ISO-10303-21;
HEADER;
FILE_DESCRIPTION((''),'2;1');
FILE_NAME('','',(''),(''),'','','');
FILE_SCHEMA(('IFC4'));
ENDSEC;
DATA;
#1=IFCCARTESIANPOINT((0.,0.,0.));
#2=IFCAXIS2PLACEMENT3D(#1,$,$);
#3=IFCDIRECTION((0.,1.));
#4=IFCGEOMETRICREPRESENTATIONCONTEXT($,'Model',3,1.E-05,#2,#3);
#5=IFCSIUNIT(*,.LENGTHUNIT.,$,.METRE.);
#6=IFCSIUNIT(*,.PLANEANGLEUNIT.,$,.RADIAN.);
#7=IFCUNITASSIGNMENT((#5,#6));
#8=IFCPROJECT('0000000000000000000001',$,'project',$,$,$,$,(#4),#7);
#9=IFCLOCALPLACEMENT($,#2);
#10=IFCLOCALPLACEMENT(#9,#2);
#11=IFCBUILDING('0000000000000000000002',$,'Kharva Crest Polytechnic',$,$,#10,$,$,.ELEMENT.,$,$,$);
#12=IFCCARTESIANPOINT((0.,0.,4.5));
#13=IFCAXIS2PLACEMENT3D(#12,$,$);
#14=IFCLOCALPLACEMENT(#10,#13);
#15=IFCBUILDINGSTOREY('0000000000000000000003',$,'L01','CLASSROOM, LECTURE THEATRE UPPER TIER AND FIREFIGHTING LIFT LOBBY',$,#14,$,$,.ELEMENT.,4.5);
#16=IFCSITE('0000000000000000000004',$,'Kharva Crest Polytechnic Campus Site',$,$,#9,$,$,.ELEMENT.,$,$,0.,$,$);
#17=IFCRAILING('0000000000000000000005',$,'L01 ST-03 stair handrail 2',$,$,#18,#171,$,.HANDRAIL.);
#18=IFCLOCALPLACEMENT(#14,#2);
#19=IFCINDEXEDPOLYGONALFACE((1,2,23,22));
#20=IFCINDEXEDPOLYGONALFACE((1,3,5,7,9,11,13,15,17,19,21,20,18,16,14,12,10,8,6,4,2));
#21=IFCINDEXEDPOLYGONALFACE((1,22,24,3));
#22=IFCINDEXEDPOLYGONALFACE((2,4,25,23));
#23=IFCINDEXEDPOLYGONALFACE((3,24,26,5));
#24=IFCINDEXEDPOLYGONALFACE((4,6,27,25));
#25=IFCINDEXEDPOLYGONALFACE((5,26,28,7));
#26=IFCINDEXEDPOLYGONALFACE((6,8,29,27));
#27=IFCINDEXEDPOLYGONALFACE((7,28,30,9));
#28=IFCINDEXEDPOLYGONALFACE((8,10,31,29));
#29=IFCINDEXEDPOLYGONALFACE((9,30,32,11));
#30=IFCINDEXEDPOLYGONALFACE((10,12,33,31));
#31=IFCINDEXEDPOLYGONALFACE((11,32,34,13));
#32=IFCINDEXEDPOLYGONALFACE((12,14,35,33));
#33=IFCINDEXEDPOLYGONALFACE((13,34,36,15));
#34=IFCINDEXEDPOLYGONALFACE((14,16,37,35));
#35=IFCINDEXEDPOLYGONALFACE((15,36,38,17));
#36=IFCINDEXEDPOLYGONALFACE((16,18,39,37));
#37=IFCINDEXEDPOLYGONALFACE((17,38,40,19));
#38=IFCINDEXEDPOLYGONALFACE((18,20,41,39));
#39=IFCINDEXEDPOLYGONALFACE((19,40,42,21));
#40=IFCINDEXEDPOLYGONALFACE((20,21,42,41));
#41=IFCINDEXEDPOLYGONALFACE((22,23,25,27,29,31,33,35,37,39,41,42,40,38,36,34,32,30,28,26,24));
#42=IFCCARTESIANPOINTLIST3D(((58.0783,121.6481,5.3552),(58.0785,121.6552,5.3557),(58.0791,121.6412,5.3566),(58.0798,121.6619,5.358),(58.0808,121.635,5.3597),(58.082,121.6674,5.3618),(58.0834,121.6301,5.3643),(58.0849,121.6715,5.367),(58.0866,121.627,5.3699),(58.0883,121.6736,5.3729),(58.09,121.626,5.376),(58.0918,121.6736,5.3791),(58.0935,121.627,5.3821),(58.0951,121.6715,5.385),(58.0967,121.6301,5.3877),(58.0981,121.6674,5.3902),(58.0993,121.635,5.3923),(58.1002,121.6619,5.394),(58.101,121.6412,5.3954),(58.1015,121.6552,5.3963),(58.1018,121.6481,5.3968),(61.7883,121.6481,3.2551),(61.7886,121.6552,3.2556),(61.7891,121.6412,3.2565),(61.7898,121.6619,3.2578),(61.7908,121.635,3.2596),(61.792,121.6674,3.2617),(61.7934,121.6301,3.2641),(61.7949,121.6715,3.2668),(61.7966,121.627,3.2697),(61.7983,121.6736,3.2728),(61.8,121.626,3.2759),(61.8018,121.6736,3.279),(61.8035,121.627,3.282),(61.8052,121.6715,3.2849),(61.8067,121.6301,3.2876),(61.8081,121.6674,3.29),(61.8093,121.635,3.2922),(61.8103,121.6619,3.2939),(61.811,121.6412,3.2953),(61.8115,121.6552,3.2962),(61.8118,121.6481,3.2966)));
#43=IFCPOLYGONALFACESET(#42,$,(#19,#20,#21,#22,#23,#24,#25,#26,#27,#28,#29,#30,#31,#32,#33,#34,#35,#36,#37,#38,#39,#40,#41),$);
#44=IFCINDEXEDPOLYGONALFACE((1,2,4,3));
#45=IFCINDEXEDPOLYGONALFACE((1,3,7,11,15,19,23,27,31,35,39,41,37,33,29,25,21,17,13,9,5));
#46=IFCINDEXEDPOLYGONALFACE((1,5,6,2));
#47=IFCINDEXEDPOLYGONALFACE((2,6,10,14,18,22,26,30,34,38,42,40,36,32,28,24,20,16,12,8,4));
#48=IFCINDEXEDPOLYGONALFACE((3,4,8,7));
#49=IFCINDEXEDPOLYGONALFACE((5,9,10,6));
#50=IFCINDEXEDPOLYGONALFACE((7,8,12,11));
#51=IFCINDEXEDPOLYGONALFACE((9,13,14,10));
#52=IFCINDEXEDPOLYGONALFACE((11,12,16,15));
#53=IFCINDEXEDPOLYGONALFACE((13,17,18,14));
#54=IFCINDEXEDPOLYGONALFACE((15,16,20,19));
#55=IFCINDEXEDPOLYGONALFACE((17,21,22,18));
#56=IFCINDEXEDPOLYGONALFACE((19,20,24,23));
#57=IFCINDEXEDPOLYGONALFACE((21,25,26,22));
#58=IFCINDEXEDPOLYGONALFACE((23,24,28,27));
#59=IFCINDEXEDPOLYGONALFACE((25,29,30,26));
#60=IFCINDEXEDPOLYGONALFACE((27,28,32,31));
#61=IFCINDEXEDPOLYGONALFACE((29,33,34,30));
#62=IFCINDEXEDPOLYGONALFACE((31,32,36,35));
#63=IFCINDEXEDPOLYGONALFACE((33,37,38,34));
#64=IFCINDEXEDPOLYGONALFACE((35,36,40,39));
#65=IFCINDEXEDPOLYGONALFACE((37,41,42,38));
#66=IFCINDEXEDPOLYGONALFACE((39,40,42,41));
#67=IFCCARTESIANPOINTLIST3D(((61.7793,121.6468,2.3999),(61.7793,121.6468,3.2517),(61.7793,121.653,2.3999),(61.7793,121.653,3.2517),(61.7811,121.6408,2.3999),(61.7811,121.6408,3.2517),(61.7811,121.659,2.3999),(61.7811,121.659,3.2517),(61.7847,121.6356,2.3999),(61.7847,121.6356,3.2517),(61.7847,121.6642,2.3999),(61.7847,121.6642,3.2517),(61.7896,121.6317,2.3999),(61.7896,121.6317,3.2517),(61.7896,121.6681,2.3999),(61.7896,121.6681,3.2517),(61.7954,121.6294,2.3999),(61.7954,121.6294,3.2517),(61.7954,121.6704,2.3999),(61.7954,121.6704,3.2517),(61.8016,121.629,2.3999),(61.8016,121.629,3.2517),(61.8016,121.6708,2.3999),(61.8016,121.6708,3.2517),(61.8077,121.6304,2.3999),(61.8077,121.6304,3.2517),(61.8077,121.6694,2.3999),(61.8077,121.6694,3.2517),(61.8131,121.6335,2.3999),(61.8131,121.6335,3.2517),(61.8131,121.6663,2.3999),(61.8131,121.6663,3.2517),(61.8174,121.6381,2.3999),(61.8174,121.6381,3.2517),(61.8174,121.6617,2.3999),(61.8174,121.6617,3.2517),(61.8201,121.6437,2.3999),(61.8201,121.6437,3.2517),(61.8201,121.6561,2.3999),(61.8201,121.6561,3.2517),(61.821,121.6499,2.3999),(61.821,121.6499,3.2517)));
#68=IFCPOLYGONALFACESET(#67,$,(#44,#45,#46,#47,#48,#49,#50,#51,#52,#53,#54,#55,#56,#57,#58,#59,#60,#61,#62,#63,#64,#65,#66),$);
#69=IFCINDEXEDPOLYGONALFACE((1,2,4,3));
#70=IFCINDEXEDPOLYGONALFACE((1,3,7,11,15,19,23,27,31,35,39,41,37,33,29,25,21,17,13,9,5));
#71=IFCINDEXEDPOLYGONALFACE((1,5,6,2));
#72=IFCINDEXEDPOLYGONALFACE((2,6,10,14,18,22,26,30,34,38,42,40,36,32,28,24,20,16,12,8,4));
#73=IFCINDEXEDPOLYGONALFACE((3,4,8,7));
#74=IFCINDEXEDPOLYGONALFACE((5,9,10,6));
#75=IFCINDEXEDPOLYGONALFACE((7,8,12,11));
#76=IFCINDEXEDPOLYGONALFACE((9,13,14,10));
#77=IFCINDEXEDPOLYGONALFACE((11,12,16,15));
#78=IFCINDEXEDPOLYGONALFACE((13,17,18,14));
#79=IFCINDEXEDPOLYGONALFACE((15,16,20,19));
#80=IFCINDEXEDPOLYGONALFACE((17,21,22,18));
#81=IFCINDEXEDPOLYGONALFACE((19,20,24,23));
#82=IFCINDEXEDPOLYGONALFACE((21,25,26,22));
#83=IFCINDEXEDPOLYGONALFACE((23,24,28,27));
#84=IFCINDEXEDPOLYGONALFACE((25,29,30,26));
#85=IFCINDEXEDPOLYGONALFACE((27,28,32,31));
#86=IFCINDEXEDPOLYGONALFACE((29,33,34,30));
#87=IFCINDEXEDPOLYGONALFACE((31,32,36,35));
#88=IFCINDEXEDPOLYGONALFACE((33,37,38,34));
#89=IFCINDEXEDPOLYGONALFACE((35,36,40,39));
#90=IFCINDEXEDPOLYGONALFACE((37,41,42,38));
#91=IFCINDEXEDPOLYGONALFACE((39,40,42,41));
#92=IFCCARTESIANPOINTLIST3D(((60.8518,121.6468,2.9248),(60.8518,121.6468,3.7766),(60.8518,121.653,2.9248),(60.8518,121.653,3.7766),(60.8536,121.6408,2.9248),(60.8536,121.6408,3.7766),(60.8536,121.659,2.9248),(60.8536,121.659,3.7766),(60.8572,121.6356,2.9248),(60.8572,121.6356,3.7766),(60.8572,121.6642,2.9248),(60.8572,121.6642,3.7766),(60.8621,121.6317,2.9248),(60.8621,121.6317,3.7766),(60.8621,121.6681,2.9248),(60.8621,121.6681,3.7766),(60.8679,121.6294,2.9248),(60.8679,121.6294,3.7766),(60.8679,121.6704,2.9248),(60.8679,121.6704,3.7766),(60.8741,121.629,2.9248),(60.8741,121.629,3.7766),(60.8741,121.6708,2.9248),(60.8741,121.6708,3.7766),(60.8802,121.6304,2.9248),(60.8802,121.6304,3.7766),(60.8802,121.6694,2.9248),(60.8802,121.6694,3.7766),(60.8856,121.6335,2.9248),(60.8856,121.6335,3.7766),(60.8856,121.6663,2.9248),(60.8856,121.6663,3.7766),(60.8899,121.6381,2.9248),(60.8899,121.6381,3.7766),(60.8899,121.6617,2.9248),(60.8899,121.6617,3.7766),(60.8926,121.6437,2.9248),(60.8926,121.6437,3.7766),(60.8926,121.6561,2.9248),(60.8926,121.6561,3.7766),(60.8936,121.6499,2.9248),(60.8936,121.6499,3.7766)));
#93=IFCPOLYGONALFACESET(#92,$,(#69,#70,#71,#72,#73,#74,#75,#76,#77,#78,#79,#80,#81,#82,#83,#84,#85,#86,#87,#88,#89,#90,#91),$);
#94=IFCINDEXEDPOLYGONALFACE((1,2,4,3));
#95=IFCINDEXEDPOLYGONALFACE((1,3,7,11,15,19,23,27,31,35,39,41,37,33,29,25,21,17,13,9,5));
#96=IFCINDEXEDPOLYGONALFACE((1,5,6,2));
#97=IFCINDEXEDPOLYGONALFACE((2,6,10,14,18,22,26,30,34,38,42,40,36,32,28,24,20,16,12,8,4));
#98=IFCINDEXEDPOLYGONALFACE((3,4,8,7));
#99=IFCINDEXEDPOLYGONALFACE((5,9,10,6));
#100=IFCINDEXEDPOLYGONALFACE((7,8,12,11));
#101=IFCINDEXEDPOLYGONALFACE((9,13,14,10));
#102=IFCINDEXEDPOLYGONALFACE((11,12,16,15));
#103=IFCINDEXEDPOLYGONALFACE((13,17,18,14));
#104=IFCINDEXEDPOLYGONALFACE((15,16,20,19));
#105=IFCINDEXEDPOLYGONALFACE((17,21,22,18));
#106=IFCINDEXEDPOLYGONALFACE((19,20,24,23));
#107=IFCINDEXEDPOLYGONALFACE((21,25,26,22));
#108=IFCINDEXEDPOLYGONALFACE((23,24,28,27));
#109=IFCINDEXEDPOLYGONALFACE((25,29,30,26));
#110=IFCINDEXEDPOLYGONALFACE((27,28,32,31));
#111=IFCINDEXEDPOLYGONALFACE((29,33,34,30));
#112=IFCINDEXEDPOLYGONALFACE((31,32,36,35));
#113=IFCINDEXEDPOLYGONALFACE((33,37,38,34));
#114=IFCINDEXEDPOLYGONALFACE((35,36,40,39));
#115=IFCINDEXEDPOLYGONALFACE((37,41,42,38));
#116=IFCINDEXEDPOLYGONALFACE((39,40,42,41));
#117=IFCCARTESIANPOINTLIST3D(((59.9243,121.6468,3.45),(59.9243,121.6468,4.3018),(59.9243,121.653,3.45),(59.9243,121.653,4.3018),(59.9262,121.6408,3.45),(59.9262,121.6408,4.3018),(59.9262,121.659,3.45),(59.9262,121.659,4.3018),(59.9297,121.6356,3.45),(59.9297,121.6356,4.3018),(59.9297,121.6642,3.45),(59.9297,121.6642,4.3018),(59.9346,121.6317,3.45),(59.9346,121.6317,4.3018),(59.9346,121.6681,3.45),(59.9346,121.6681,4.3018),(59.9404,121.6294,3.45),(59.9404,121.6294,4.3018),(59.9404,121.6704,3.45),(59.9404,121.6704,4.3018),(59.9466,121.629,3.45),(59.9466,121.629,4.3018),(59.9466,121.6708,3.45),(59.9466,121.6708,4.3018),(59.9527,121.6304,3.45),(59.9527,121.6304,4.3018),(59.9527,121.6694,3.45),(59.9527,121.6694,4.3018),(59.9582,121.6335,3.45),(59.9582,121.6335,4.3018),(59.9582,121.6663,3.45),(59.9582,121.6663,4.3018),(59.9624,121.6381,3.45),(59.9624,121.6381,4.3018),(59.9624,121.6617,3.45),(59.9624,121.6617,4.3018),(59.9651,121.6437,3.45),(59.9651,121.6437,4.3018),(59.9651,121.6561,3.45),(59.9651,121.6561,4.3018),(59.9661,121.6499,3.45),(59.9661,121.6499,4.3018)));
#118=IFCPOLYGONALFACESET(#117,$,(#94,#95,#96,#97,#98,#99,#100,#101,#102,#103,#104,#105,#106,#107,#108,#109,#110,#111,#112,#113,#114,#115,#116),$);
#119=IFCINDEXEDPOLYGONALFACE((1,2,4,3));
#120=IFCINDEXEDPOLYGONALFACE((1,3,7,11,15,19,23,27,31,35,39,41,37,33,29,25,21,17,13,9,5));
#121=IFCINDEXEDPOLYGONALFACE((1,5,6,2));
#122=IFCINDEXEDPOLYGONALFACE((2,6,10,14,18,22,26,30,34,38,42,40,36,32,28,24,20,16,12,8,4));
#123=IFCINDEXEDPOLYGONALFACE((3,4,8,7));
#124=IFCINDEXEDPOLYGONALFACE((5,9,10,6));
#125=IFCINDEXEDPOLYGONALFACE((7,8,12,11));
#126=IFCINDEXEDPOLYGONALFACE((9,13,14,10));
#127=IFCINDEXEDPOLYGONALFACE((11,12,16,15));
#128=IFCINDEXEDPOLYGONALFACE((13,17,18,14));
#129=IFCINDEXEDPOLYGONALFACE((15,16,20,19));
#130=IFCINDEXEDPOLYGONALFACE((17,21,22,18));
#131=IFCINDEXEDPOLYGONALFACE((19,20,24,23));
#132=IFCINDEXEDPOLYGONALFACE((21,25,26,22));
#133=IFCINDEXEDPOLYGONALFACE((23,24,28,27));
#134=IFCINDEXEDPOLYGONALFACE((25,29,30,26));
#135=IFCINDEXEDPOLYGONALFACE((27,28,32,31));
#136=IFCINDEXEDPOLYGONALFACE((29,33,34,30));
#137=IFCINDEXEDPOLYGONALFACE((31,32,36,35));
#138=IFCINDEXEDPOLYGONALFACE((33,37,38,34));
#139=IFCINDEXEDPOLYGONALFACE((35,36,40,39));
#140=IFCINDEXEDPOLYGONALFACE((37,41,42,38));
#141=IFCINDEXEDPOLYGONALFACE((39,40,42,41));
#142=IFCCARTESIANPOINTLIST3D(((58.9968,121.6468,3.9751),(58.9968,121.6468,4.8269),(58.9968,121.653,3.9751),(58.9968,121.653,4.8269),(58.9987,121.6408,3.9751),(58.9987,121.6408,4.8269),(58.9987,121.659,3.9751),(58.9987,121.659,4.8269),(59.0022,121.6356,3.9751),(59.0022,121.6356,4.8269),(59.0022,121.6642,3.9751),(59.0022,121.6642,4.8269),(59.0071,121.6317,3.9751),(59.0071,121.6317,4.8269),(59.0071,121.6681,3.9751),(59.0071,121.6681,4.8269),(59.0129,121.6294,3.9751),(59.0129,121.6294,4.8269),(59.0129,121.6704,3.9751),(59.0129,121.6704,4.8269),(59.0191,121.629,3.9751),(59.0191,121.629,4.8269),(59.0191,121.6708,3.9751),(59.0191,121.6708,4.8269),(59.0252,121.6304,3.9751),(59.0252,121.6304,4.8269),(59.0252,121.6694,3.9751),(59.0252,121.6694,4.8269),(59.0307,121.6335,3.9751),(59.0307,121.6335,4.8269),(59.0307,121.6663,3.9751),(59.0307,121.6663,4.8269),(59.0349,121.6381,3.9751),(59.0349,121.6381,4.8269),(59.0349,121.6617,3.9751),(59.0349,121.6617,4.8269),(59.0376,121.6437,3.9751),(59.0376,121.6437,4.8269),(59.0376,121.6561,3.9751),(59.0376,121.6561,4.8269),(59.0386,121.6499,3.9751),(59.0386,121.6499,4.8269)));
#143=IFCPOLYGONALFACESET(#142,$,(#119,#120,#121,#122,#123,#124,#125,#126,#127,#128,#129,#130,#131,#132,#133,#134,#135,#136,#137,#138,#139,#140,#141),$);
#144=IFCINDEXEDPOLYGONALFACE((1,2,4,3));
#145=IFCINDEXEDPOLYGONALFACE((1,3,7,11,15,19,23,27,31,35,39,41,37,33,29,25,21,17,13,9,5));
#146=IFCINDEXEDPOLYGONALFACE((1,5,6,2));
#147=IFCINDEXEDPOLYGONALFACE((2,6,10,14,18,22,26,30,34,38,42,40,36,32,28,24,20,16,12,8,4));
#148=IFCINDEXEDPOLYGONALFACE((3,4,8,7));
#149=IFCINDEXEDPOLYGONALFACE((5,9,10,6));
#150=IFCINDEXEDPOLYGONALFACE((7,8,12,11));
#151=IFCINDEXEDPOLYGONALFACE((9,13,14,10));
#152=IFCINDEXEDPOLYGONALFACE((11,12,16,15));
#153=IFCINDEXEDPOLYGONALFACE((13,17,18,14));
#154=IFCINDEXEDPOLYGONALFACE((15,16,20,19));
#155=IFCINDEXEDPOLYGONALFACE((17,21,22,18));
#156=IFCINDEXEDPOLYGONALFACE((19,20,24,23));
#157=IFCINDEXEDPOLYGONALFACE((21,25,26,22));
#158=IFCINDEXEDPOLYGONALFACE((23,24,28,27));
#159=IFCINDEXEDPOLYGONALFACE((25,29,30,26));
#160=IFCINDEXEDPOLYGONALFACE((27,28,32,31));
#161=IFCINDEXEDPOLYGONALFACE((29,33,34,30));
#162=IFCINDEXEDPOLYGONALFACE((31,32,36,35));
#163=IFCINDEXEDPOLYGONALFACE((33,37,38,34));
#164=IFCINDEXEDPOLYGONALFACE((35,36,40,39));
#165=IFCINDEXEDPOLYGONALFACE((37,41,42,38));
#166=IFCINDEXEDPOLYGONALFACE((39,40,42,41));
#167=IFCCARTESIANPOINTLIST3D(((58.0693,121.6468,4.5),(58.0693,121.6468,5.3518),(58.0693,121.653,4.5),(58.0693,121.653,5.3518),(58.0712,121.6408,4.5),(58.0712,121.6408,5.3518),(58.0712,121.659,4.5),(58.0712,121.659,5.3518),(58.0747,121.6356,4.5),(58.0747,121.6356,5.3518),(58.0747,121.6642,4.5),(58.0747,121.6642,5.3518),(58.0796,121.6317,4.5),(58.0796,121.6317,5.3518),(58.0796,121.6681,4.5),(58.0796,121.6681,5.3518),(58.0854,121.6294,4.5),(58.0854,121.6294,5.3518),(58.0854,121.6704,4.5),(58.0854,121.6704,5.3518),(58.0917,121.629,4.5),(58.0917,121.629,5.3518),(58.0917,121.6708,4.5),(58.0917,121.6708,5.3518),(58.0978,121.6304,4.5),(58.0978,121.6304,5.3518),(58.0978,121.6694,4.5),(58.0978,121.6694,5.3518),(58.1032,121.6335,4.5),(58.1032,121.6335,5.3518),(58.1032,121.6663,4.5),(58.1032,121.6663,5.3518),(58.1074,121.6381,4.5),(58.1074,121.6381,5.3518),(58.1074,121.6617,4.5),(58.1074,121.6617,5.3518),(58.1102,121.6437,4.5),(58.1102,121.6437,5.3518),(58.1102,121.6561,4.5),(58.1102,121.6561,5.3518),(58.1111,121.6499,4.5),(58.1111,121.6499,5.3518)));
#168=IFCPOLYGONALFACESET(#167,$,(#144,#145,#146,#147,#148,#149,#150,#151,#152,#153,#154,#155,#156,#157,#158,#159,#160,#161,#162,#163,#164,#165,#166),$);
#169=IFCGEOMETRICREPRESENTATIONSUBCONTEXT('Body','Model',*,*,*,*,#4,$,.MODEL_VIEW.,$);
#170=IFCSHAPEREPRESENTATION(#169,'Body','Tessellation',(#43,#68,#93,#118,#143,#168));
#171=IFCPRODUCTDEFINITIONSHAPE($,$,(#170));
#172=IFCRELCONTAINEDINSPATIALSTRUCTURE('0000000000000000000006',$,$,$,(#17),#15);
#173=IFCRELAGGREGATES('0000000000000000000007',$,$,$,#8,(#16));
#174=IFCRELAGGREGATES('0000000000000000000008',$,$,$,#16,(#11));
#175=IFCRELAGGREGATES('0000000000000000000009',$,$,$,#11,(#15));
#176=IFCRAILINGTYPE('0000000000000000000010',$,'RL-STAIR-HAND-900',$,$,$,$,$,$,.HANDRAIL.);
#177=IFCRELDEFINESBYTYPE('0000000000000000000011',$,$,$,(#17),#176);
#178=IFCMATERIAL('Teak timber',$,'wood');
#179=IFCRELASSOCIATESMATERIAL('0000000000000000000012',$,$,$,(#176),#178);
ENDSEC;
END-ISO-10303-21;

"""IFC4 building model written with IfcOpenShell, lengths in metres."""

from ifc_helpers import new_model, si_unit, direction, frame, origin, origin_2d, place, context, subcontext, project, spatial, circle, extrude, material, type_object, element, save


model = new_model("IFC4")

# Units and contexts
model_context = context("Model", 3, precision=1e-05, world=origin(), true_north=direction((0.0, 1.0)))
body_context = subcontext(model_context, "Body", "Model", "MODEL_VIEW")
ifc_project = project(units=[si_unit("LENGTHUNIT", "METRE"), si_unit("PLANEANGLEUNIT", "RADIAN")], contexts=[model_context])

# Site, building, storey
site_placement = place(None, origin())
site = spatial("IfcSite", under=ifc_project, at=site_placement, Name="Kharva Crest Polytechnic Campus Site", CompositionType="ELEMENT", RefElevation=0.0)
building_placement = place(site_placement, origin())
building = spatial("IfcBuilding", under=site, at=building_placement, Name="Kharva Crest Polytechnic", CompositionType="ELEMENT")
storey_placement = place(building_placement, frame((0.0, 0.0, 4.5)))
storey = spatial("IfcBuildingStorey", under=building, at=storey_placement, Name="L01", Description="CLASSROOM, LECTURE THEATRE UPPER TIER AND FIREFIGHTING LIFT LOBBY", CompositionType="ELEMENT", Elevation=4.5)

# Railing
ifc_material_1 = material(Name="Teak timber", Category="wood")
railing_type_1 = type_object("IfcRailingType", Name="RL-STAIR-HAND-900", PredefinedType="HANDRAIL", material=ifc_material_1)
railing_1_placement = place(storey_placement, frame((61.8, 121.6499, 2.3999)))
element("IfcRailing", 1, at=railing_1_placement, inside=storey, type_object=railing_type_1, Name="L01 ST-03 stair handrail 2", PredefinedType="HANDRAIL", context=body_context, shape_type="SweptSolid", body=[
    extrude(circle(Radius=0.0239, at=origin_2d()), frame((0.0, 0.0, 0.876), z_axis=(-0.870245, 0.0, 0.492619), x_axis=(0.0, -1.0, 0.0)), (0.0, 0.0, 1.0), 4.2632),
    extrude(circle(Radius=0.021, at=origin_2d()), origin(), (0.0, 0.0, 1.0), 0.8518),
    extrude(circle(Radius=0.021, at=origin_2d()), frame((-0.9275, 0.0, 0.5249)), (0.0, 0.0, 1.0), 0.8518),
    extrude(circle(Radius=0.021, at=origin_2d()), frame((-1.855, 0.0, 1.05)), (0.0, 0.0, 1.0), 0.8518),
    extrude(circle(Radius=0.021, at=origin_2d()), frame((-2.7825, 0.0, 1.5752)), (0.0, 0.0, 1.0), 0.8518),
    extrude(circle(Radius=0.021, at=origin_2d()), frame((-3.71, 0.0, 2.1001)), (0.0, 0.0, 1.0), 0.8518),
])

save(model, "model.ifc")
